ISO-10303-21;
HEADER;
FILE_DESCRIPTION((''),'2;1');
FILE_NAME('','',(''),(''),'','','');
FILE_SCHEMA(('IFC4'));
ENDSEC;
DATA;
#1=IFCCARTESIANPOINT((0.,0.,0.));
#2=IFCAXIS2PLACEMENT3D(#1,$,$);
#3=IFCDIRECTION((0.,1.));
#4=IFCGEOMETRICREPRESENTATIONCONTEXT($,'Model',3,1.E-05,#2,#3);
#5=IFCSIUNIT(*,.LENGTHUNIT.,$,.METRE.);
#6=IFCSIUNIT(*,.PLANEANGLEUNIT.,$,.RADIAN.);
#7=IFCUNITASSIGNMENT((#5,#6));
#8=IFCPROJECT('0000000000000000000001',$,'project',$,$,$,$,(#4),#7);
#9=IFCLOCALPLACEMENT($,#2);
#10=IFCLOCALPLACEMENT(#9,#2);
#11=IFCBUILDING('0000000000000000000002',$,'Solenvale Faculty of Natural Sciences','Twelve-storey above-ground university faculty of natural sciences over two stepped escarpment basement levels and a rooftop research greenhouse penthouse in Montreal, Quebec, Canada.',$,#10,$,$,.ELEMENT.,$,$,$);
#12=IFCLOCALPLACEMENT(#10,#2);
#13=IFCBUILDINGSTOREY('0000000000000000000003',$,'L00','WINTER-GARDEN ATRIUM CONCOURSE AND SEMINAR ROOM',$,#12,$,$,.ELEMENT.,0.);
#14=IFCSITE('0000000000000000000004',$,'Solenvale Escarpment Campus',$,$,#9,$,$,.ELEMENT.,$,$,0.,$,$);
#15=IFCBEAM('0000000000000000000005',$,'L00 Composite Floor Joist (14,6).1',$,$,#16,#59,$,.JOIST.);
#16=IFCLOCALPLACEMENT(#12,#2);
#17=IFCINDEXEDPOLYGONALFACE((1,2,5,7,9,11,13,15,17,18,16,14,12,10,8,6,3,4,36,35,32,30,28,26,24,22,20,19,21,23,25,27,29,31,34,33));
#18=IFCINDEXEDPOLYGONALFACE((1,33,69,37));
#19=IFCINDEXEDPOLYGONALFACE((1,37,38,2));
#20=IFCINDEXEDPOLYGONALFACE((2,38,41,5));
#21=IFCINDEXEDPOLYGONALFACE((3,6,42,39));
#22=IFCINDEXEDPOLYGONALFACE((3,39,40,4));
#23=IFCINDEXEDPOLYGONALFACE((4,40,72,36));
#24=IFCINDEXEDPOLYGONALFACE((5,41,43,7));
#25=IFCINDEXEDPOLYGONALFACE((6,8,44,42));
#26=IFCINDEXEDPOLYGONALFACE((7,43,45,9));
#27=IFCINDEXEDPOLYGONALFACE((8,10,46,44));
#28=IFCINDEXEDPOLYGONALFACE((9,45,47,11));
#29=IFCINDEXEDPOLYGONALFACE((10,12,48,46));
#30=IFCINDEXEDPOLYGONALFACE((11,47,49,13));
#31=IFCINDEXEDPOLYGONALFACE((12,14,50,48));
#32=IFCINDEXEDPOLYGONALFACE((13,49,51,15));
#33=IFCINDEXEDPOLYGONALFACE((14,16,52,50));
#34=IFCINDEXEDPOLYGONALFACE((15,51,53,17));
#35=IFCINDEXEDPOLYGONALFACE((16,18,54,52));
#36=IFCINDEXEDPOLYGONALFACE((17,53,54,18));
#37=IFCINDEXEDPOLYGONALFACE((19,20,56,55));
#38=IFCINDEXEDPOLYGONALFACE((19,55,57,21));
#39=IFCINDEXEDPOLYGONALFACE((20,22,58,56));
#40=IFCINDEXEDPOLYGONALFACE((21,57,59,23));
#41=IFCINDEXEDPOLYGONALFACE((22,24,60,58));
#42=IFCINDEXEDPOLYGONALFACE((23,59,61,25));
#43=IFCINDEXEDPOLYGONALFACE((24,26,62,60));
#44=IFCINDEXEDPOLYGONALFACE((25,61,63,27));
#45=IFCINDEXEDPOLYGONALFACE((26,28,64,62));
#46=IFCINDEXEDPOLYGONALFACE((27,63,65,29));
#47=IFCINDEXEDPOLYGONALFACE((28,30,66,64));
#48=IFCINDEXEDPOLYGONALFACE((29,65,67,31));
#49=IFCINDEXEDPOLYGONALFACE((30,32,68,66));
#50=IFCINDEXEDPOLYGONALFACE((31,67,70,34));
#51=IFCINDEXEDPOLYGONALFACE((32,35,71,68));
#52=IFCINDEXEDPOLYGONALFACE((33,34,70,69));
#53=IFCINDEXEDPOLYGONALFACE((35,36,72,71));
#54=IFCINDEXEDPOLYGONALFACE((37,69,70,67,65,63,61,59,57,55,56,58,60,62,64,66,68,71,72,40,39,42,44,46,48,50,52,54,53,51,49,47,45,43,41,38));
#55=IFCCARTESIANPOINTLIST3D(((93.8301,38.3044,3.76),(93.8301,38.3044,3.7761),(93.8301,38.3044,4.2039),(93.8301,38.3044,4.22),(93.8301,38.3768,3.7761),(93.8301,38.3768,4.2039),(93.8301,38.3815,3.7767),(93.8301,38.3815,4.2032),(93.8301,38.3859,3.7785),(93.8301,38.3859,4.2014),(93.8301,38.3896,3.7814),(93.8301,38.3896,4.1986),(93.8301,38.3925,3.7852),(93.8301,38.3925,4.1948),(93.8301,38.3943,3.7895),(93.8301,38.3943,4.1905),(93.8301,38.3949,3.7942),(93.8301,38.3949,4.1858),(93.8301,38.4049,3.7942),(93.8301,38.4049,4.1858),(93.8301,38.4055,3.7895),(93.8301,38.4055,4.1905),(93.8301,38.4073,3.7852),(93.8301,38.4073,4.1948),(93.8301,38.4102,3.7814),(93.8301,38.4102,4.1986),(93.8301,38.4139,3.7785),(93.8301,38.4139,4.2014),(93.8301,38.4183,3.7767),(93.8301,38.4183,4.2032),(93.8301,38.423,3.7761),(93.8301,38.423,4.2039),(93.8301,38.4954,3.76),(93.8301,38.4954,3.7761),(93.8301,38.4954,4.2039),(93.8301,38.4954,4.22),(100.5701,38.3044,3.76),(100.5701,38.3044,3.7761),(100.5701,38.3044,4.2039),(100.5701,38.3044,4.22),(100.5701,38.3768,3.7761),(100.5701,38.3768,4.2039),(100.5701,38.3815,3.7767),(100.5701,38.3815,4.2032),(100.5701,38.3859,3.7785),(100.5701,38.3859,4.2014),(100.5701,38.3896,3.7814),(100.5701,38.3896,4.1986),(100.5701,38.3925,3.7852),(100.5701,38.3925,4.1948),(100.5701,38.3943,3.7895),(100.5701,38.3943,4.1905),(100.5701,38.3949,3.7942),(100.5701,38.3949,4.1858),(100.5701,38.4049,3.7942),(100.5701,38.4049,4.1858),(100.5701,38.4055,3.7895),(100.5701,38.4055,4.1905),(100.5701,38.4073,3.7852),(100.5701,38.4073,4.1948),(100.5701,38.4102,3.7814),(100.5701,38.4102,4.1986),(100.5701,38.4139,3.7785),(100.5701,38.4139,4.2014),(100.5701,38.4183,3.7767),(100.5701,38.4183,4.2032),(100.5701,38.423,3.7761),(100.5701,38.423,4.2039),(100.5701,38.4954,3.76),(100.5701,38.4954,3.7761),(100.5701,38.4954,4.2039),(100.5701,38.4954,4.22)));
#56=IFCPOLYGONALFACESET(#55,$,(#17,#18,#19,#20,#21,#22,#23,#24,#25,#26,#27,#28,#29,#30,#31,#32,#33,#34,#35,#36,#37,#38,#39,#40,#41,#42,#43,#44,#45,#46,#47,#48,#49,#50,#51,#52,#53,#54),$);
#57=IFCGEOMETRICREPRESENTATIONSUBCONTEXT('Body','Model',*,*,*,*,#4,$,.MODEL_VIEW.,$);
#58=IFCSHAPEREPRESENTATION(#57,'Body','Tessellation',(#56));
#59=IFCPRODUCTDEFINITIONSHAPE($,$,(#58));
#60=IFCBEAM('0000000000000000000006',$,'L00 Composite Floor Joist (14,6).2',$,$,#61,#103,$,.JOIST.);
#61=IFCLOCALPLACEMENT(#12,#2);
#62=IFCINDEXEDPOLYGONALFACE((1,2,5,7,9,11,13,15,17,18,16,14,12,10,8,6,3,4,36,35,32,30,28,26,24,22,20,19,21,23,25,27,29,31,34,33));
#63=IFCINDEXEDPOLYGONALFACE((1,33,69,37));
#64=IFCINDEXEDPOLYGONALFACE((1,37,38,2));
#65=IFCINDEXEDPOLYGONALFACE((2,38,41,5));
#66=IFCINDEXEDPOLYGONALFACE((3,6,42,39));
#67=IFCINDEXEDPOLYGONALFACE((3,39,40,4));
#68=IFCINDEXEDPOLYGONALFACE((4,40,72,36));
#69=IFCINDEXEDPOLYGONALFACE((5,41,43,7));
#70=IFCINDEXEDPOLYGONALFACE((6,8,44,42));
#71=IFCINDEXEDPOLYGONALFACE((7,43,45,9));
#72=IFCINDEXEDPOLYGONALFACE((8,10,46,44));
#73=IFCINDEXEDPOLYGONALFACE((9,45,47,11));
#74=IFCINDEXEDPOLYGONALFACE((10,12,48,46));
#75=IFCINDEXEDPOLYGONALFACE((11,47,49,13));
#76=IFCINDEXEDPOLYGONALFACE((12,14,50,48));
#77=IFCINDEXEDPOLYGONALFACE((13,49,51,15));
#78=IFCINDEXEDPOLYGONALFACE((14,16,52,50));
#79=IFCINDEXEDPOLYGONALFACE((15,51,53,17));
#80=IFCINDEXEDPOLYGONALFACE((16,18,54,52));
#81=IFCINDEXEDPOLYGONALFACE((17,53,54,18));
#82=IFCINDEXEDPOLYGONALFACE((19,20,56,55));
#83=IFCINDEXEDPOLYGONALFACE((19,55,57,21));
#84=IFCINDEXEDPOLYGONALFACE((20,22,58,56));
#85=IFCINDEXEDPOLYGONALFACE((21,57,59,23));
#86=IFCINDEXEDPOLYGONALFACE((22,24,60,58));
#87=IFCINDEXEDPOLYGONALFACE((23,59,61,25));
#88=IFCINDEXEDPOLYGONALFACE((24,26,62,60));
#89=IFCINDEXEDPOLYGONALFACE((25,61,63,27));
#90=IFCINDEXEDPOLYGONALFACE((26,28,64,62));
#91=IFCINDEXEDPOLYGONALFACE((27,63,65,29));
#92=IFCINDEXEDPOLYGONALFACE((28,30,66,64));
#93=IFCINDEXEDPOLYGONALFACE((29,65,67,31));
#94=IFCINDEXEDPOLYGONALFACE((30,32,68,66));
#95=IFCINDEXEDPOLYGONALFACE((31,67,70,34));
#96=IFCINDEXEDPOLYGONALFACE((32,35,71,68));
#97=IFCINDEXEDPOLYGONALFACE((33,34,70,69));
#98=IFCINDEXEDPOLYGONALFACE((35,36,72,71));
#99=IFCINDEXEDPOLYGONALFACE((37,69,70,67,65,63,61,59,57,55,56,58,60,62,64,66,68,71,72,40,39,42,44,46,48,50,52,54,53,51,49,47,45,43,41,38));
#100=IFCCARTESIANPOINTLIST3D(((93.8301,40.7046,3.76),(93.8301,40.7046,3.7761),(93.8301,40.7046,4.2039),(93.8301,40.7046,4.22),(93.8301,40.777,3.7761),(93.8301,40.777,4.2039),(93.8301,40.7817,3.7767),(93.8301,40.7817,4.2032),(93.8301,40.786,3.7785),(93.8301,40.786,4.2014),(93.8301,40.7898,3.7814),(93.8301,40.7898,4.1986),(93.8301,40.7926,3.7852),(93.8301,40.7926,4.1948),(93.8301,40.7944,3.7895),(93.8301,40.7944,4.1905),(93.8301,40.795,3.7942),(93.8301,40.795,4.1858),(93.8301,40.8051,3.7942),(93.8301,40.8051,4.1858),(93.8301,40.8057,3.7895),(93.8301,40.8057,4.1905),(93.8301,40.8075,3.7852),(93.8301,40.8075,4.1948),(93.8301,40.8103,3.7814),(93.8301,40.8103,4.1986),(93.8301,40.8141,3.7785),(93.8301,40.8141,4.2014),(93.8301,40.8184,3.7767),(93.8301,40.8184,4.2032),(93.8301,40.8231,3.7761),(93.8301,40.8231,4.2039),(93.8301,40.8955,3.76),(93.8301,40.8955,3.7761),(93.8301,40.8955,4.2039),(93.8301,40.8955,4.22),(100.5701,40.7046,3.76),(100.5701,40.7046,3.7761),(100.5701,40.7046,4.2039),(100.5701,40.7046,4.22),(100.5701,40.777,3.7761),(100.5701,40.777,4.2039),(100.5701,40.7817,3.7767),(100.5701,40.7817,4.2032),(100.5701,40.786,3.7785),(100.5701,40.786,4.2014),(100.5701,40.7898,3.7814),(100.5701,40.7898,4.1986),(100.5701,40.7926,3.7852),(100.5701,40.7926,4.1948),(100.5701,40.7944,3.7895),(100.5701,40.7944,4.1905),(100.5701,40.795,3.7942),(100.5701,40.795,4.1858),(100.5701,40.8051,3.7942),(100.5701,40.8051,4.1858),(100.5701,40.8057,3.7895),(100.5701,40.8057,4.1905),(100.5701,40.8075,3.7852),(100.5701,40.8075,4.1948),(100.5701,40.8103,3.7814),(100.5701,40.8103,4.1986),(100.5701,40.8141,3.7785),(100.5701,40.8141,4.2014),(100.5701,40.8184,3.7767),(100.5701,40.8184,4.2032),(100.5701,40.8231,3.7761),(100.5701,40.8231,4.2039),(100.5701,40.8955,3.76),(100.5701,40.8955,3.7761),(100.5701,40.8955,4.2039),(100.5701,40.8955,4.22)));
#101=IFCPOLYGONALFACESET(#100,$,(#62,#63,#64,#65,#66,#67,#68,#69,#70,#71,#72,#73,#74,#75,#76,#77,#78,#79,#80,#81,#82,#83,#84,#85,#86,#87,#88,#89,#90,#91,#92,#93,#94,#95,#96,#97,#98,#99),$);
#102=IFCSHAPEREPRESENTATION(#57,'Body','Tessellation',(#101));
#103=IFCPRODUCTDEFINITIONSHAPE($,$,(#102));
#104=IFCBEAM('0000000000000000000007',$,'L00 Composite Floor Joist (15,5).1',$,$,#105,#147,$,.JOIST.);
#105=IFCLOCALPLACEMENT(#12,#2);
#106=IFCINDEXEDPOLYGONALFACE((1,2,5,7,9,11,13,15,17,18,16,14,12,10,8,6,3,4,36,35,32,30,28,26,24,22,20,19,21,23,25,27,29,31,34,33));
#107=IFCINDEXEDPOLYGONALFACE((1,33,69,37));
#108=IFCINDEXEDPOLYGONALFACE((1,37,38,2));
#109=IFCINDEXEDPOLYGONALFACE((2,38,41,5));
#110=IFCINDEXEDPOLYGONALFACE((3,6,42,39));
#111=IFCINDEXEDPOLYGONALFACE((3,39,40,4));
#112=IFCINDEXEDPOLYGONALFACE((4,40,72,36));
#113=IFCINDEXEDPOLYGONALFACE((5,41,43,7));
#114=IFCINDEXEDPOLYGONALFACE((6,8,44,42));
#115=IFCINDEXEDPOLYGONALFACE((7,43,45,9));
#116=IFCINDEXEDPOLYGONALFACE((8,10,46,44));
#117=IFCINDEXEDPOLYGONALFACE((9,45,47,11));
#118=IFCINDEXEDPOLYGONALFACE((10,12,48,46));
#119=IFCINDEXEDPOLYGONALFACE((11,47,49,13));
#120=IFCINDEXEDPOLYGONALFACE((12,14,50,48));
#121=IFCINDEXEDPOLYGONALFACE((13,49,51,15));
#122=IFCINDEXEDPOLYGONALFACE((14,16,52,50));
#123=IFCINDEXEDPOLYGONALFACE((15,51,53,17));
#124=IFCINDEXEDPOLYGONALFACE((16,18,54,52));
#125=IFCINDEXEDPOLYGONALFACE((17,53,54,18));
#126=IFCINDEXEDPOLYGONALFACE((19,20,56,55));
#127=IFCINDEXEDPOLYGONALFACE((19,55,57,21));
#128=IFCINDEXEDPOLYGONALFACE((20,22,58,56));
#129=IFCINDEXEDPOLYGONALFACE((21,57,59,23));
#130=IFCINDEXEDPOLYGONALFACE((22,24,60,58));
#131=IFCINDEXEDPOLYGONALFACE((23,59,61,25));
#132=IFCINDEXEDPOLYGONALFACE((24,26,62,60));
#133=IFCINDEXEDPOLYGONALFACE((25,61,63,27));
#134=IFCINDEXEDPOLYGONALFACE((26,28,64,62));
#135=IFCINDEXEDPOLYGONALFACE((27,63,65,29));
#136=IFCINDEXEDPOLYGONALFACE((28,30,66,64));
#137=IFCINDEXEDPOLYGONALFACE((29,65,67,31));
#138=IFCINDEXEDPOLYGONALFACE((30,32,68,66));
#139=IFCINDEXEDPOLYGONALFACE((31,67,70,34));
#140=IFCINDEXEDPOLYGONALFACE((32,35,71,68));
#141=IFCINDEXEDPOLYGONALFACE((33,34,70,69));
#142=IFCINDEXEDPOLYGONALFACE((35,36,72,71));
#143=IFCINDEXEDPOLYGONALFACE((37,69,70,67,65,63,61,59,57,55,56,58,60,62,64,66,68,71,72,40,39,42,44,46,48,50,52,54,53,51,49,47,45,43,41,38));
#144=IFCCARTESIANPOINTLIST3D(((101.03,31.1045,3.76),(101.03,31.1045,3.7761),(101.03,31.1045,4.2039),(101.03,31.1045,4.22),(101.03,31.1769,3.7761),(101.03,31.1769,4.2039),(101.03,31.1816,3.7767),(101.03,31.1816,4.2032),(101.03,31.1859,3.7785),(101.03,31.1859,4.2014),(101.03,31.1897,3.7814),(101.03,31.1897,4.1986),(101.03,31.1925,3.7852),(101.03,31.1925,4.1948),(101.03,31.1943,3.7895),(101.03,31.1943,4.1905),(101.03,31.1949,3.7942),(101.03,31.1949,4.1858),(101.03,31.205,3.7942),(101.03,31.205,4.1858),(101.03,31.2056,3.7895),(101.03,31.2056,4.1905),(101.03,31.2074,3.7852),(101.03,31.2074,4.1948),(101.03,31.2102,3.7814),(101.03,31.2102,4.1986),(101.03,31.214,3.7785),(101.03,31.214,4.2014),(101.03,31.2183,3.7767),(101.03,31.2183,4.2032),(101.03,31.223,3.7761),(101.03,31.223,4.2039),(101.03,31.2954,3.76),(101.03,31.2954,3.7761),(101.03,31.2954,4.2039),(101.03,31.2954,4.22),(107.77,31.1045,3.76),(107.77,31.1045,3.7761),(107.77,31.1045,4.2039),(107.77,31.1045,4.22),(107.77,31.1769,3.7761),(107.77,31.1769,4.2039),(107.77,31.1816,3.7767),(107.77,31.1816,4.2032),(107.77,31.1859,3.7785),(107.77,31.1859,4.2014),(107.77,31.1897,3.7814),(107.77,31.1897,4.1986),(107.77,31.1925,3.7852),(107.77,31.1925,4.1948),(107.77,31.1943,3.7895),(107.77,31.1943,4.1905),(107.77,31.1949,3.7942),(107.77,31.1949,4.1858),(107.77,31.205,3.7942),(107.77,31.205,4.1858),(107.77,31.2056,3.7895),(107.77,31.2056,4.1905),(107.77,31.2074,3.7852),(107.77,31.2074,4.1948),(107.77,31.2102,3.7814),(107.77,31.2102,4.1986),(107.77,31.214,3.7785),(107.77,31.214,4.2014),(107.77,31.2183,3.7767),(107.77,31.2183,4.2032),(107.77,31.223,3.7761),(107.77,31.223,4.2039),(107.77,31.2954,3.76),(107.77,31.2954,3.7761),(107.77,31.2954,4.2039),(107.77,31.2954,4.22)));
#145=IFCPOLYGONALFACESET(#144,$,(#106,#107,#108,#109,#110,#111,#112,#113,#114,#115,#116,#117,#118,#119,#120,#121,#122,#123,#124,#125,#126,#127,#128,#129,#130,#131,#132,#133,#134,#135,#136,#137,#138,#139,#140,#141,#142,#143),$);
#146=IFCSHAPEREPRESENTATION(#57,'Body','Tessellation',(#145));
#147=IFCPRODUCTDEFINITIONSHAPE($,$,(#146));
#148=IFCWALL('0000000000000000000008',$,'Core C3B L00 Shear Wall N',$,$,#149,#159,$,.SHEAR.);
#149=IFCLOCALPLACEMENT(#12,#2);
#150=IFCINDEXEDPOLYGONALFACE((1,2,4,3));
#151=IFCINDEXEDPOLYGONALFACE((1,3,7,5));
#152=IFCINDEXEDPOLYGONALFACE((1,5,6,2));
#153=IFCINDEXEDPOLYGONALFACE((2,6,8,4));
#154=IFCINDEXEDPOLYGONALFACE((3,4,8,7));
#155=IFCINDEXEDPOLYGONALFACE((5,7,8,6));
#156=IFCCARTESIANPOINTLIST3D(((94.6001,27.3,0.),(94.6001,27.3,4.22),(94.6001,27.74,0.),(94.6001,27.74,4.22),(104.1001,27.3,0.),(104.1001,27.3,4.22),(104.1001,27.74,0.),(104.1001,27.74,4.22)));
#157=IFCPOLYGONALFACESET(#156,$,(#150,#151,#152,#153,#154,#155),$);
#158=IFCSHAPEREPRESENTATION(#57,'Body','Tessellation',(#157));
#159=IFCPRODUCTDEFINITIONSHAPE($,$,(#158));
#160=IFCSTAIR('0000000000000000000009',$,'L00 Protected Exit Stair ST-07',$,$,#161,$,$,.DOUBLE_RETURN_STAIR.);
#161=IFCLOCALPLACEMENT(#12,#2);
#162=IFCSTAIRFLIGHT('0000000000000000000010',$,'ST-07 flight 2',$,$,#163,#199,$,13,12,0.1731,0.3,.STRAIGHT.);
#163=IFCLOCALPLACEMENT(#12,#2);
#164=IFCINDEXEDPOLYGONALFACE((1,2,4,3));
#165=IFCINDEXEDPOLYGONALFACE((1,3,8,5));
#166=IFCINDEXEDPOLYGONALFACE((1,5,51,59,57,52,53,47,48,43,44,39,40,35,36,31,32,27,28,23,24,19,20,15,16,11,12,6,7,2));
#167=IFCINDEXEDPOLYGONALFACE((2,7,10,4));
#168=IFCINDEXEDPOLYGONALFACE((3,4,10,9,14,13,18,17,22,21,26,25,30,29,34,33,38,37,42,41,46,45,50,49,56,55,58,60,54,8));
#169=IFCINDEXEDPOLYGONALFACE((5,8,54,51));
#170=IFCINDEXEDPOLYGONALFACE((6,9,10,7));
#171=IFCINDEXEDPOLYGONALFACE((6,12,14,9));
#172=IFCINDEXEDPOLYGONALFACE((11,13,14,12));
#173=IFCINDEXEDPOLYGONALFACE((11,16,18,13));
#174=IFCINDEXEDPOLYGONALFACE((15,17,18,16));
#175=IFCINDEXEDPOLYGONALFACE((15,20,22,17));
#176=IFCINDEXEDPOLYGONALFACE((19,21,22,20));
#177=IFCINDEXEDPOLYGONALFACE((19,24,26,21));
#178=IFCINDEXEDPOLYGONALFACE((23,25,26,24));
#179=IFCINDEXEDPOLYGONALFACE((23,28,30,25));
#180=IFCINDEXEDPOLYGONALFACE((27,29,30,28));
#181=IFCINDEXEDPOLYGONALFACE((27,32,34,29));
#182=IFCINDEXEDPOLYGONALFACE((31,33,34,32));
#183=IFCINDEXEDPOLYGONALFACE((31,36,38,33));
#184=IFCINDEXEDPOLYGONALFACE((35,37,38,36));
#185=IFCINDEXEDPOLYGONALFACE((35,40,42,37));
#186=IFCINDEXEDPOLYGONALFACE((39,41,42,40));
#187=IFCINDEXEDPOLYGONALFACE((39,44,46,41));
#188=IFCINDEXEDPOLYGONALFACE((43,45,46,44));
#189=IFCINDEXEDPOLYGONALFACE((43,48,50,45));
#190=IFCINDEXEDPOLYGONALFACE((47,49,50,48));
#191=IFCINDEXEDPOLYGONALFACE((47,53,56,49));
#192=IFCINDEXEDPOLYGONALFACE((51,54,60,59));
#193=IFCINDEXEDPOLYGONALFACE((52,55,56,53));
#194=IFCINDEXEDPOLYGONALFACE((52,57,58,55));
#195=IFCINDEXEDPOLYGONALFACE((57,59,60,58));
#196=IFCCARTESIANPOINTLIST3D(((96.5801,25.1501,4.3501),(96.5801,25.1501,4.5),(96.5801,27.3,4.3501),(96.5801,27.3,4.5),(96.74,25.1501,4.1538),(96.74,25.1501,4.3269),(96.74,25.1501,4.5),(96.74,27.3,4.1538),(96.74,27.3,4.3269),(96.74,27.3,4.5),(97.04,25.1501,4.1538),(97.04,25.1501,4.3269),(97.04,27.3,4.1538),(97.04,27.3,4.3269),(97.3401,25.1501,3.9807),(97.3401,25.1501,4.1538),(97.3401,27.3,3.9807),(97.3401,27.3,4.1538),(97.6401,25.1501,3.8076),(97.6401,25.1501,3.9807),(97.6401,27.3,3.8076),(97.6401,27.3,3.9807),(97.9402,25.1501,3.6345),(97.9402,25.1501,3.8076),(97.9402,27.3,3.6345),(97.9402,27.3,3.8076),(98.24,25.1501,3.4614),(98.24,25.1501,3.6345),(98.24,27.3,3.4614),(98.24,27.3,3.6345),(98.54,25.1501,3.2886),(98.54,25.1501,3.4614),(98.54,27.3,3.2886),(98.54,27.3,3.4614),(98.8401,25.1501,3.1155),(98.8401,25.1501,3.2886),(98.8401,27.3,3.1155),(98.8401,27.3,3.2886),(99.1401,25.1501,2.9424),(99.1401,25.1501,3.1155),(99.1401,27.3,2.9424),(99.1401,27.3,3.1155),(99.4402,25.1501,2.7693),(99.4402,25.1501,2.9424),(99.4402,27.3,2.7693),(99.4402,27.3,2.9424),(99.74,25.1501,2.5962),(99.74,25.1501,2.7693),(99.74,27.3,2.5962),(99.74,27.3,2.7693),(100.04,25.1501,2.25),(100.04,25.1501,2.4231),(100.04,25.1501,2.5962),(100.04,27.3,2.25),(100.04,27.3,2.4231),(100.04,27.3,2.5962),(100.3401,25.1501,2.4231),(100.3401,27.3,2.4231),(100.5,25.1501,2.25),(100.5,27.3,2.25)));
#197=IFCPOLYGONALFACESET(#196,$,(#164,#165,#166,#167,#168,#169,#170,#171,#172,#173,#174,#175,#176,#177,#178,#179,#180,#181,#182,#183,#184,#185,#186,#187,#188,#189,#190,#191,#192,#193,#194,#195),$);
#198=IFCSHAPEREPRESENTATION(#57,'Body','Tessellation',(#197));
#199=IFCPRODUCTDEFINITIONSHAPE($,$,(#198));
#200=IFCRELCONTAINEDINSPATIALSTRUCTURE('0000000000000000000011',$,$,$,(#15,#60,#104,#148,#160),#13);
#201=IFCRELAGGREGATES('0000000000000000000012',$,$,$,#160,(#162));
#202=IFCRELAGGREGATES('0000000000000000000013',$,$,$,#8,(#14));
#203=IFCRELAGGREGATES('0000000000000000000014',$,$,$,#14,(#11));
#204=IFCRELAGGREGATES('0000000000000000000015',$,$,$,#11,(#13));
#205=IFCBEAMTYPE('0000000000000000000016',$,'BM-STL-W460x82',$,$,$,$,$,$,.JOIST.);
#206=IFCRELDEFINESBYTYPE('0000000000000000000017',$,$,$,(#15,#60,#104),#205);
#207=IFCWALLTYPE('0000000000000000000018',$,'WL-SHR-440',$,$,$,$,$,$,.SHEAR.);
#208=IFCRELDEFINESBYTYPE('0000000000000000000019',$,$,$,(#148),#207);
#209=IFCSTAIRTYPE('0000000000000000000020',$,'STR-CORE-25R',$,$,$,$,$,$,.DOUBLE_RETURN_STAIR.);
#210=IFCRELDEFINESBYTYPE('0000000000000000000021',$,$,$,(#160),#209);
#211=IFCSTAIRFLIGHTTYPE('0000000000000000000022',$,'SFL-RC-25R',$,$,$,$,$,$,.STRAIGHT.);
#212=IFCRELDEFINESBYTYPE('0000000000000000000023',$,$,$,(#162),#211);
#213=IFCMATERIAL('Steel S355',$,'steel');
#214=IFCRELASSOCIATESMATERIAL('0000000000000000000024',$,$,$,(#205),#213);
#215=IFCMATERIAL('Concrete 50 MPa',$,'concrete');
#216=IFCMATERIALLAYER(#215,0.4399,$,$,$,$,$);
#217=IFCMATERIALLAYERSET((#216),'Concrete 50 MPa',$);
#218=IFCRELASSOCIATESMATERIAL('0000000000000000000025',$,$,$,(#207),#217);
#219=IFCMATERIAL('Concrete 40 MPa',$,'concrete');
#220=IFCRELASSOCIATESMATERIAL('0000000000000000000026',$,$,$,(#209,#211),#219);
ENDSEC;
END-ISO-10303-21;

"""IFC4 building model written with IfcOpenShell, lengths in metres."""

from ifc_helpers import new_model, si_unit, direction, frame, frame_2d, origin, origin_2d, place, context, subcontext, project, spatial, polyline, rectangle, i_section, outline, extrude, material, layer, layer_set, material_profile, profile_set, type_object, element, aggregate, save


model = new_model("IFC4")

# Units and contexts
model_context = context("Model", 3, precision=1e-05, world=origin(), true_north=direction((0.0, 1.0)))
body_context = subcontext(model_context, "Body", "Model", "MODEL_VIEW")
ifc_project = project(units=[si_unit("LENGTHUNIT", "METRE"), si_unit("PLANEANGLEUNIT", "RADIAN")], contexts=[model_context])

# Site, building, storey
site_placement = place(None, origin())
site = spatial("IfcSite", under=ifc_project, at=site_placement, Name="Solenvale Escarpment Campus", CompositionType="ELEMENT", RefElevation=0.0)
building_placement = place(site_placement, origin())
building = spatial("IfcBuilding", under=site, at=building_placement, Name="Solenvale Faculty of Natural Sciences", Description="Twelve-storey above-ground university faculty of natural sciences over two stepped escarpment basement levels and a rooftop research greenhouse penthouse in Montreal, Quebec, Canada.", CompositionType="ELEMENT")
storey_placement = place(building_placement, origin())
storey = spatial("IfcBuildingStorey", under=building, at=storey_placement, Name="L00", Description="WINTER-GARDEN ATRIUM CONCOURSE AND SEMINAR ROOM", CompositionType="ELEMENT", Elevation=0.0)

# Shared definitions
ifc_material_1 = material(Name="Concrete 50 MPa", Category="concrete")

# Beams
ifc_material_2 = material(Name="Concrete 40 MPa", Category="concrete")
ifc_material_3 = material(Name="Steel S355", Category="steel")
ifc_material_profile_1 = material_profile(ifc_material_3, i_section(OverallWidth=0.1909, OverallDepth=0.46, WebThickness=0.01, FlangeThickness=0.0161, FilletRadius=0.0181, at=origin_2d()), Name="W460x82")
ifc_profile_set_1 = profile_set([ifc_material_profile_1], Name="Steel S355")
beam_type_1 = type_object("IfcBeamType", Name="BM-STL-W460x82", PredefinedType="JOIST", material=ifc_profile_set_1)
for number, where, z_axis, x_axis, name in (
    (1, (93.8301, 38.3999, 3.99), (1.0, 0.0, 0.0), (0.0, 1.0, 0.0), "L00 Composite Floor Joist (14,6).1"),
    (2, (93.8301, 40.8, 3.99), (1.0, 0.0, 0.0), (0.0, 1.0, 0.0), "L00 Composite Floor Joist (14,6).2"),
    (3, (101.03, 31.2, 3.99), (1.0, 0.0, 0.0), (0.0, 1.0, 0.0), "L00 Composite Floor Joist (15,5).1"),
):
    element("IfcBeam", number, at=place(storey_placement, frame(where, z_axis=z_axis, x_axis=x_axis)), inside=storey, type_object=beam_type_1, Name=name, PredefinedType="JOIST", context=body_context, shape_type="SweptSolid", body=[
        extrude(i_section(OverallWidth=0.1909, OverallDepth=0.46, WebThickness=0.01, FlangeThickness=0.0161, FilletRadius=0.0181, at=origin_2d()), origin(), (0.0, 0.0, 1.0), 6.74),
    ])

# Wall
ifc_layer = layer(ifc_material_1, 0.4399)
ifc_layer_set = layer_set([ifc_layer], Name="Concrete 50 MPa")
wall_type = type_object("IfcWallType", Name="WL-SHR-440", PredefinedType="SHEAR", material=ifc_layer_set)
wall_placement = place(storey_placement, frame((94.6001, 27.52, 0.0), z_axis=(0.0, 0.0, 1.0), x_axis=(1.0, 0.0, 0.0)))
element("IfcWall", 4, at=wall_placement, inside=storey, type_object=wall_type, Name="Core C3B L00 Shear Wall N", PredefinedType="SHEAR", context=body_context, shape_type="SweptSolid", body=[
    extrude(rectangle(XDim=9.5, YDim=0.4399, at=frame_2d((4.75, 0.0))), origin(), (0.0, 0.0, 1.0), 4.22),
])

# Stair, stair flight
stair_type = type_object("IfcStairType", Name="STR-CORE-25R", PredefinedType="DOUBLE_RETURN_STAIR", material=ifc_material_2)
stair_placement = place(storey_placement, origin())
stair = element("IfcStair", 5, at=stair_placement, inside=storey, type_object=stair_type, Name="L00 Protected Exit Stair ST-07", PredefinedType="DOUBLE_RETURN_STAIR")
stair_flight_type = type_object("IfcStairFlightType", Name="SFL-RC-25R", PredefinedType="STRAIGHT", material=ifc_material_2)
stair_flight_placement = place(storey_placement, frame((100.3401, 26.2251, 2.25), z_axis=(0.0, 0.0, 1.0), x_axis=(-1.0, 0.0, 0.0)))
stair_flight = element("IfcStairFlight", 6, at=stair_flight_placement, type_object=stair_flight_type, Name="ST-07 flight 2", NumberOfRisers=13, NumberOfTreads=12, PredefinedType="STRAIGHT", RiserHeight=0.1731, TreadLength=0.3, context=body_context, shape_type="SweptSolid", body=[
    extrude(outline(polyline([(-0.1599, 0.0), (0.0, 0.1731), (0.3, 0.1731), (0.3, 0.3462), (0.6001, 0.3462), (0.6001, 0.5193), (0.8999, 0.5193), (0.8999, 0.6924), (1.2, 0.6924), (1.2, 0.8655), (1.5, 0.8655), (1.5, 1.0386), (1.8, 1.0386), (1.8, 1.2114), (2.1001, 1.2114), (2.1001, 1.3845), (2.3999, 1.3845), (2.3999, 1.5576), (2.7, 1.5576), (2.7, 1.7307), (3.0, 1.7307), (3.0, 1.9038), (3.3, 1.9038), (3.3, 2.0769), (3.6001, 2.0769), (3.6001, 2.25), (3.76, 2.25), (3.76, 2.1001), (3.6001, 1.9038), (0.3, 0.0), (-0.1599, 0.0)])), frame((0.0, 1.075, 0.0), z_axis=(0.0, -1.0, 0.0), x_axis=(1.0, 0.0, 0.0)), (0.0, 0.0, 1.0), 2.1499),
])
aggregate(stair, [stair_flight])

save(model, "model.ifc")
